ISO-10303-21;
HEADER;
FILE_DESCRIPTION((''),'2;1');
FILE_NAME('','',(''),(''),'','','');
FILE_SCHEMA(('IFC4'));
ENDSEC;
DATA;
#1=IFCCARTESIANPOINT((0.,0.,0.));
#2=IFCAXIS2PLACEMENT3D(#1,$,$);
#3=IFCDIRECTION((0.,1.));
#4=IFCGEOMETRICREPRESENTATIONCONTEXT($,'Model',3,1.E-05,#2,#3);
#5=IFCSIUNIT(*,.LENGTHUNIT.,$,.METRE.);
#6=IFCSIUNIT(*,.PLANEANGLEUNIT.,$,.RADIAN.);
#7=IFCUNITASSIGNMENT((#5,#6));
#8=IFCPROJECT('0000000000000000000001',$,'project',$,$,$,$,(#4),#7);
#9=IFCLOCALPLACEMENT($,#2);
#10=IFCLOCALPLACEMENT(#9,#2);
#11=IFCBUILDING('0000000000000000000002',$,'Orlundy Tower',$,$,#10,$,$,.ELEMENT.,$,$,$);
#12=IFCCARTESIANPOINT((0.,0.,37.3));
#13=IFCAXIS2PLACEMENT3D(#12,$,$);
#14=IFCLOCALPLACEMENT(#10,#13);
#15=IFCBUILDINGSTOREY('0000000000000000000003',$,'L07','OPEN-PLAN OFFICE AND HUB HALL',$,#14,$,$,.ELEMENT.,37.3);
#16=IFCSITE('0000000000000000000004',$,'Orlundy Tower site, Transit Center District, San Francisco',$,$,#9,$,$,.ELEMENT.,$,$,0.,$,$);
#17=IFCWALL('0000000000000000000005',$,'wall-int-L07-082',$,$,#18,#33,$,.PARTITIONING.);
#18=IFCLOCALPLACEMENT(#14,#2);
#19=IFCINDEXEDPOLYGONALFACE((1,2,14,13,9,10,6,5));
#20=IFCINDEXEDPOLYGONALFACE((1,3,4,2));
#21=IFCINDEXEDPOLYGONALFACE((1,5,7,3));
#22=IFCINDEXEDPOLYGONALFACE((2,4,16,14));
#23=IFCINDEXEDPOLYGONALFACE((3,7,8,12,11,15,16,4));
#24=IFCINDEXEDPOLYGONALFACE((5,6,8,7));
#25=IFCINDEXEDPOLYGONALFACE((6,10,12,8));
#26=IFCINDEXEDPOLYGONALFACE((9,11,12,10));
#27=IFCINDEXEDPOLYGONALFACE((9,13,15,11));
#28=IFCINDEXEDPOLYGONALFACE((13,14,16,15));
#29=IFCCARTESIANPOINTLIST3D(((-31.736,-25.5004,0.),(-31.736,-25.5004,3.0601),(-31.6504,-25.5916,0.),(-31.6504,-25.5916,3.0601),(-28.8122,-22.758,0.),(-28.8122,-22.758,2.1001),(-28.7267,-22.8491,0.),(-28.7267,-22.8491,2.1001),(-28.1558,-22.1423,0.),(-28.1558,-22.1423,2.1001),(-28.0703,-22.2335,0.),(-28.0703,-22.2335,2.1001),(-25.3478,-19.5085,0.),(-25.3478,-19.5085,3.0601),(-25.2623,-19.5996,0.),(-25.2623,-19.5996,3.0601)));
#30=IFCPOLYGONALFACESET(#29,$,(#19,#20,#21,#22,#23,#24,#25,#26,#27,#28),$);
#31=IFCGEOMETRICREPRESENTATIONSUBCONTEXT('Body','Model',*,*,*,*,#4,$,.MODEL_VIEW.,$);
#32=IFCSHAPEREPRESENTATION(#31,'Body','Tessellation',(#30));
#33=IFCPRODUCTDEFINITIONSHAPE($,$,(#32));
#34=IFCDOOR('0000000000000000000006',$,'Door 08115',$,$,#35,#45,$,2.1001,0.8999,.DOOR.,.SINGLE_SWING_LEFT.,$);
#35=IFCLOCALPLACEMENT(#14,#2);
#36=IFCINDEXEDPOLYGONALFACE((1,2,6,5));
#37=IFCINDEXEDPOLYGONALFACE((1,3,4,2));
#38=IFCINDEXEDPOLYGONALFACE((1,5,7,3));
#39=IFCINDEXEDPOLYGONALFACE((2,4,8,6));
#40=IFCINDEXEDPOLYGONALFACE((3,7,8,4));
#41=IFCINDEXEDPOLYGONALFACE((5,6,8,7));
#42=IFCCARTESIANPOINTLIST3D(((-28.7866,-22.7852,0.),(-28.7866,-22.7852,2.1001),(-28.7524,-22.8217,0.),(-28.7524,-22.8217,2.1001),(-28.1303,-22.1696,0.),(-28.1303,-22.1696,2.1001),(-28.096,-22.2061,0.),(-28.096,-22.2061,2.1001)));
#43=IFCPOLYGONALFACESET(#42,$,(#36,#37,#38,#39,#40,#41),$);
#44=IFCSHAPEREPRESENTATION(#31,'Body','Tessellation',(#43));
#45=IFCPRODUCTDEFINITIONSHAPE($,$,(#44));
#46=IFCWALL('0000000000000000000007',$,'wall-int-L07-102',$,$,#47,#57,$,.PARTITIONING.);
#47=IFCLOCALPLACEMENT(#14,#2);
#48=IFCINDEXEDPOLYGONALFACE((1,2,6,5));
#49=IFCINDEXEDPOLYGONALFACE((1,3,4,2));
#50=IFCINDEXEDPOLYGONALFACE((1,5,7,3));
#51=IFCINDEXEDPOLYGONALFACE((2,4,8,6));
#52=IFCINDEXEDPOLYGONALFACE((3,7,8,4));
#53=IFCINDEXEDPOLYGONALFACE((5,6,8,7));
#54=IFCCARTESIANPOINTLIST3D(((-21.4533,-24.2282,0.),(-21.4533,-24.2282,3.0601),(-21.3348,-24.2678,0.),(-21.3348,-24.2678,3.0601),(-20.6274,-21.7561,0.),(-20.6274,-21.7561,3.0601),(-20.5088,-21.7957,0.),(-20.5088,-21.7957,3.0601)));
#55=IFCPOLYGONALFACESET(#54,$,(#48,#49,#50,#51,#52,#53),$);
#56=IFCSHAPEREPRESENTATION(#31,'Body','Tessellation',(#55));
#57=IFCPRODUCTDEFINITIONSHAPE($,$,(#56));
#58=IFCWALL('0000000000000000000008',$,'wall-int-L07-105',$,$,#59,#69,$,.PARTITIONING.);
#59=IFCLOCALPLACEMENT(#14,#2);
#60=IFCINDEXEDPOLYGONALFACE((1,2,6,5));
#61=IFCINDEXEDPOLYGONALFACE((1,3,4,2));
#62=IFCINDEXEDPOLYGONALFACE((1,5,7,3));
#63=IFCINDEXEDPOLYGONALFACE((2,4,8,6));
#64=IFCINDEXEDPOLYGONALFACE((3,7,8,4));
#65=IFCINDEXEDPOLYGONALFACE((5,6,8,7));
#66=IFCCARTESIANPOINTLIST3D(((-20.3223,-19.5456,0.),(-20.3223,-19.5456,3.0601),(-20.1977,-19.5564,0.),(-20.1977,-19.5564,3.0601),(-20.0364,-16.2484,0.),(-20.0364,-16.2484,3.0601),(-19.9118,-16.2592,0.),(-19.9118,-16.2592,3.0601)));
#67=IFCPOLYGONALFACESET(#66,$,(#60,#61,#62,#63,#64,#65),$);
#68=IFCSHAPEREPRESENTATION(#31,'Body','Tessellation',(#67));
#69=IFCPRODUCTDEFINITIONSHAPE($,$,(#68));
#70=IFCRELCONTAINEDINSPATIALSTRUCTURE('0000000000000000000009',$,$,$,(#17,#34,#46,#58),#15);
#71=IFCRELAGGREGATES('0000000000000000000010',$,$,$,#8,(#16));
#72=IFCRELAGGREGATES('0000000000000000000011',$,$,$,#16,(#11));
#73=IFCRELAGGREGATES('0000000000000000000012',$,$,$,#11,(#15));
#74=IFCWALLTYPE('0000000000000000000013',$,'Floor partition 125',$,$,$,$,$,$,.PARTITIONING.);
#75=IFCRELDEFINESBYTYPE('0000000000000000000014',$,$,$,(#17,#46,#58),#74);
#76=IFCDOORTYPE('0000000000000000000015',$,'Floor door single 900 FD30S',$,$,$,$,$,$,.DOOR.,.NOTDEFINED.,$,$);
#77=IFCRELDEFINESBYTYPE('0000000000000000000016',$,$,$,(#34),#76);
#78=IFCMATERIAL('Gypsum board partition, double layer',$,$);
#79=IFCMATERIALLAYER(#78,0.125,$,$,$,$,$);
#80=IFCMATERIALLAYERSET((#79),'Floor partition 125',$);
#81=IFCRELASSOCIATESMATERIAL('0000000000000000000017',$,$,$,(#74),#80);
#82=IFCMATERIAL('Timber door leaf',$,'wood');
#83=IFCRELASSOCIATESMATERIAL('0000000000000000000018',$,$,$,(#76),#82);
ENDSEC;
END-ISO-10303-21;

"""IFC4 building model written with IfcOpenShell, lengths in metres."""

from ifc_helpers import new_model, si_unit, direction, frame, frame_2d, origin, place, context, subcontext, project, spatial, rectangle, extrude, material, layer, layer_set, type_object, element, fill, save


model = new_model("IFC4")

# Units and contexts
model_context = context("Model", 3, precision=1e-05, world=origin(), true_north=direction((0.0, 1.0)))
body_context = subcontext(model_context, "Body", "Model", "MODEL_VIEW")
ifc_project = project(units=[si_unit("LENGTHUNIT", "METRE"), si_unit("PLANEANGLEUNIT", "RADIAN")], contexts=[model_context])

# Site, building, storey
site_placement = place(None, origin())
site = spatial("IfcSite", under=ifc_project, at=site_placement, Name="Orlundy Tower site, Transit Center District, San Francisco", CompositionType="ELEMENT", RefElevation=0.0)
building_placement = place(site_placement, origin())
building = spatial("IfcBuilding", under=site, at=building_placement, Name="Orlundy Tower", CompositionType="ELEMENT")
storey_placement = place(building_placement, frame((0.0, 0.0, 37.3)))
storey = spatial("IfcBuildingStorey", under=building, at=storey_placement, Name="L07", Description="OPEN-PLAN OFFICE AND HUB HALL", CompositionType="ELEMENT", Elevation=37.3)

# Shared definitions
ifc_material_1 = material(Name="Gypsum board partition, double layer")
ifc_layer = layer(ifc_material_1, 0.125)
ifc_layer_set = layer_set([ifc_layer], Name="Floor partition 125")
wall_type = type_object("IfcWallType", Name="Floor partition 125", PredefinedType="PARTITIONING", material=ifc_layer_set)

# Wall, opening, door
ifc_material_2 = material(Name="Timber door leaf", Category="wood")
door_type = type_object("IfcDoorType", Name="Floor door single 900 FD30S", OperationType="NOTDEFINED", PredefinedType="DOOR", material=ifc_material_2)
wall_1_placement = place(storey_placement, frame((-25.3049, -19.554, 0.0), z_axis=(0.0, 0.0, 1.0), x_axis=(-0.729365, -0.684125, 0.0)))
wall_1 = element("IfcWall", 1, at=wall_1_placement, inside=storey, type_object=wall_type, Name="wall-int-L07-082", PredefinedType="PARTITIONING", context=body_context, shape_type="SweptSolid", body=[
    extrude(rectangle(XDim=8.7585, YDim=0.125, at=frame_2d((4.3794, 0.0))), origin(), (0.0, 0.0, 1.0), 3.0601),
])
opening_1_placement = place(wall_1_placement, frame((3.8501, 0.0, 0.0)))
opening_1 = element("IfcOpeningElement", 2, at=opening_1_placement, cuts=wall_1, PredefinedType="OPENING", context=body_context, shape_type="SweptSolid", body=[
    extrude(rectangle(XDim=0.8999, YDim=2.1001, at=frame_2d((0.45, 1.05))), frame((0.0, 0.0725, 0.0), z_axis=(0.0, -1.0, 0.0), x_axis=(1.0, 0.0, 0.0)), (0.0, 0.0, 1.0), 0.145),
])
door_1_placement = place(opening_1_placement, origin())
door_1 = element("IfcDoor", 3, at=door_1_placement, inside=storey, type_object=door_type, Name="Door 08115", OperationType="SINGLE_SWING_LEFT", OverallHeight=2.1001, OverallWidth=0.8999, PredefinedType="DOOR", context=body_context, shape_type="SweptSolid", body=[
    extrude(rectangle(XDim=0.8999, YDim=2.1001, at=frame_2d((0.45, 1.05))), frame((0.0, 0.0249, 0.0), z_axis=(0.0, -1.0, 0.0), x_axis=(1.0, 0.0, 0.0)), (0.0, 0.0, 1.0), 0.05),
])
fill(opening_1, door_1)

# Walls
wall_2_placement = place(storey_placement, frame((-20.5681, -21.7759, 0.0), z_axis=(0.0, 0.0, 1.0), x_axis=(-0.316874, -0.948468, 0.0)))
element("IfcWall", 4, at=wall_2_placement, inside=storey, type_object=wall_type, Name="wall-int-L07-102", PredefinedType="PARTITIONING", context=body_context, shape_type="SweptSolid", body=[
    extrude(rectangle(XDim=2.6064, YDim=0.125, at=frame_2d((1.3032, 0.0))), origin(), (0.0, 0.0, 1.0), 3.0601),
])
wall_3_placement = place(storey_placement, frame((-20.26, -19.551, 0.0), z_axis=(0.0, 0.0, 1.0), x_axis=(0.086384, 0.996262, 0.0)))
element("IfcWall", 5, at=wall_3_placement, inside=storey, type_object=wall_type, Name="wall-int-L07-105", PredefinedType="PARTITIONING", context=body_context, shape_type="SweptSolid", body=[
    extrude(rectangle(XDim=3.3096, YDim=0.125, at=frame_2d((1.6548, 0.0))), origin(), (0.0, 0.0, 1.0), 3.0601),
])

save(model, "model.ifc")
